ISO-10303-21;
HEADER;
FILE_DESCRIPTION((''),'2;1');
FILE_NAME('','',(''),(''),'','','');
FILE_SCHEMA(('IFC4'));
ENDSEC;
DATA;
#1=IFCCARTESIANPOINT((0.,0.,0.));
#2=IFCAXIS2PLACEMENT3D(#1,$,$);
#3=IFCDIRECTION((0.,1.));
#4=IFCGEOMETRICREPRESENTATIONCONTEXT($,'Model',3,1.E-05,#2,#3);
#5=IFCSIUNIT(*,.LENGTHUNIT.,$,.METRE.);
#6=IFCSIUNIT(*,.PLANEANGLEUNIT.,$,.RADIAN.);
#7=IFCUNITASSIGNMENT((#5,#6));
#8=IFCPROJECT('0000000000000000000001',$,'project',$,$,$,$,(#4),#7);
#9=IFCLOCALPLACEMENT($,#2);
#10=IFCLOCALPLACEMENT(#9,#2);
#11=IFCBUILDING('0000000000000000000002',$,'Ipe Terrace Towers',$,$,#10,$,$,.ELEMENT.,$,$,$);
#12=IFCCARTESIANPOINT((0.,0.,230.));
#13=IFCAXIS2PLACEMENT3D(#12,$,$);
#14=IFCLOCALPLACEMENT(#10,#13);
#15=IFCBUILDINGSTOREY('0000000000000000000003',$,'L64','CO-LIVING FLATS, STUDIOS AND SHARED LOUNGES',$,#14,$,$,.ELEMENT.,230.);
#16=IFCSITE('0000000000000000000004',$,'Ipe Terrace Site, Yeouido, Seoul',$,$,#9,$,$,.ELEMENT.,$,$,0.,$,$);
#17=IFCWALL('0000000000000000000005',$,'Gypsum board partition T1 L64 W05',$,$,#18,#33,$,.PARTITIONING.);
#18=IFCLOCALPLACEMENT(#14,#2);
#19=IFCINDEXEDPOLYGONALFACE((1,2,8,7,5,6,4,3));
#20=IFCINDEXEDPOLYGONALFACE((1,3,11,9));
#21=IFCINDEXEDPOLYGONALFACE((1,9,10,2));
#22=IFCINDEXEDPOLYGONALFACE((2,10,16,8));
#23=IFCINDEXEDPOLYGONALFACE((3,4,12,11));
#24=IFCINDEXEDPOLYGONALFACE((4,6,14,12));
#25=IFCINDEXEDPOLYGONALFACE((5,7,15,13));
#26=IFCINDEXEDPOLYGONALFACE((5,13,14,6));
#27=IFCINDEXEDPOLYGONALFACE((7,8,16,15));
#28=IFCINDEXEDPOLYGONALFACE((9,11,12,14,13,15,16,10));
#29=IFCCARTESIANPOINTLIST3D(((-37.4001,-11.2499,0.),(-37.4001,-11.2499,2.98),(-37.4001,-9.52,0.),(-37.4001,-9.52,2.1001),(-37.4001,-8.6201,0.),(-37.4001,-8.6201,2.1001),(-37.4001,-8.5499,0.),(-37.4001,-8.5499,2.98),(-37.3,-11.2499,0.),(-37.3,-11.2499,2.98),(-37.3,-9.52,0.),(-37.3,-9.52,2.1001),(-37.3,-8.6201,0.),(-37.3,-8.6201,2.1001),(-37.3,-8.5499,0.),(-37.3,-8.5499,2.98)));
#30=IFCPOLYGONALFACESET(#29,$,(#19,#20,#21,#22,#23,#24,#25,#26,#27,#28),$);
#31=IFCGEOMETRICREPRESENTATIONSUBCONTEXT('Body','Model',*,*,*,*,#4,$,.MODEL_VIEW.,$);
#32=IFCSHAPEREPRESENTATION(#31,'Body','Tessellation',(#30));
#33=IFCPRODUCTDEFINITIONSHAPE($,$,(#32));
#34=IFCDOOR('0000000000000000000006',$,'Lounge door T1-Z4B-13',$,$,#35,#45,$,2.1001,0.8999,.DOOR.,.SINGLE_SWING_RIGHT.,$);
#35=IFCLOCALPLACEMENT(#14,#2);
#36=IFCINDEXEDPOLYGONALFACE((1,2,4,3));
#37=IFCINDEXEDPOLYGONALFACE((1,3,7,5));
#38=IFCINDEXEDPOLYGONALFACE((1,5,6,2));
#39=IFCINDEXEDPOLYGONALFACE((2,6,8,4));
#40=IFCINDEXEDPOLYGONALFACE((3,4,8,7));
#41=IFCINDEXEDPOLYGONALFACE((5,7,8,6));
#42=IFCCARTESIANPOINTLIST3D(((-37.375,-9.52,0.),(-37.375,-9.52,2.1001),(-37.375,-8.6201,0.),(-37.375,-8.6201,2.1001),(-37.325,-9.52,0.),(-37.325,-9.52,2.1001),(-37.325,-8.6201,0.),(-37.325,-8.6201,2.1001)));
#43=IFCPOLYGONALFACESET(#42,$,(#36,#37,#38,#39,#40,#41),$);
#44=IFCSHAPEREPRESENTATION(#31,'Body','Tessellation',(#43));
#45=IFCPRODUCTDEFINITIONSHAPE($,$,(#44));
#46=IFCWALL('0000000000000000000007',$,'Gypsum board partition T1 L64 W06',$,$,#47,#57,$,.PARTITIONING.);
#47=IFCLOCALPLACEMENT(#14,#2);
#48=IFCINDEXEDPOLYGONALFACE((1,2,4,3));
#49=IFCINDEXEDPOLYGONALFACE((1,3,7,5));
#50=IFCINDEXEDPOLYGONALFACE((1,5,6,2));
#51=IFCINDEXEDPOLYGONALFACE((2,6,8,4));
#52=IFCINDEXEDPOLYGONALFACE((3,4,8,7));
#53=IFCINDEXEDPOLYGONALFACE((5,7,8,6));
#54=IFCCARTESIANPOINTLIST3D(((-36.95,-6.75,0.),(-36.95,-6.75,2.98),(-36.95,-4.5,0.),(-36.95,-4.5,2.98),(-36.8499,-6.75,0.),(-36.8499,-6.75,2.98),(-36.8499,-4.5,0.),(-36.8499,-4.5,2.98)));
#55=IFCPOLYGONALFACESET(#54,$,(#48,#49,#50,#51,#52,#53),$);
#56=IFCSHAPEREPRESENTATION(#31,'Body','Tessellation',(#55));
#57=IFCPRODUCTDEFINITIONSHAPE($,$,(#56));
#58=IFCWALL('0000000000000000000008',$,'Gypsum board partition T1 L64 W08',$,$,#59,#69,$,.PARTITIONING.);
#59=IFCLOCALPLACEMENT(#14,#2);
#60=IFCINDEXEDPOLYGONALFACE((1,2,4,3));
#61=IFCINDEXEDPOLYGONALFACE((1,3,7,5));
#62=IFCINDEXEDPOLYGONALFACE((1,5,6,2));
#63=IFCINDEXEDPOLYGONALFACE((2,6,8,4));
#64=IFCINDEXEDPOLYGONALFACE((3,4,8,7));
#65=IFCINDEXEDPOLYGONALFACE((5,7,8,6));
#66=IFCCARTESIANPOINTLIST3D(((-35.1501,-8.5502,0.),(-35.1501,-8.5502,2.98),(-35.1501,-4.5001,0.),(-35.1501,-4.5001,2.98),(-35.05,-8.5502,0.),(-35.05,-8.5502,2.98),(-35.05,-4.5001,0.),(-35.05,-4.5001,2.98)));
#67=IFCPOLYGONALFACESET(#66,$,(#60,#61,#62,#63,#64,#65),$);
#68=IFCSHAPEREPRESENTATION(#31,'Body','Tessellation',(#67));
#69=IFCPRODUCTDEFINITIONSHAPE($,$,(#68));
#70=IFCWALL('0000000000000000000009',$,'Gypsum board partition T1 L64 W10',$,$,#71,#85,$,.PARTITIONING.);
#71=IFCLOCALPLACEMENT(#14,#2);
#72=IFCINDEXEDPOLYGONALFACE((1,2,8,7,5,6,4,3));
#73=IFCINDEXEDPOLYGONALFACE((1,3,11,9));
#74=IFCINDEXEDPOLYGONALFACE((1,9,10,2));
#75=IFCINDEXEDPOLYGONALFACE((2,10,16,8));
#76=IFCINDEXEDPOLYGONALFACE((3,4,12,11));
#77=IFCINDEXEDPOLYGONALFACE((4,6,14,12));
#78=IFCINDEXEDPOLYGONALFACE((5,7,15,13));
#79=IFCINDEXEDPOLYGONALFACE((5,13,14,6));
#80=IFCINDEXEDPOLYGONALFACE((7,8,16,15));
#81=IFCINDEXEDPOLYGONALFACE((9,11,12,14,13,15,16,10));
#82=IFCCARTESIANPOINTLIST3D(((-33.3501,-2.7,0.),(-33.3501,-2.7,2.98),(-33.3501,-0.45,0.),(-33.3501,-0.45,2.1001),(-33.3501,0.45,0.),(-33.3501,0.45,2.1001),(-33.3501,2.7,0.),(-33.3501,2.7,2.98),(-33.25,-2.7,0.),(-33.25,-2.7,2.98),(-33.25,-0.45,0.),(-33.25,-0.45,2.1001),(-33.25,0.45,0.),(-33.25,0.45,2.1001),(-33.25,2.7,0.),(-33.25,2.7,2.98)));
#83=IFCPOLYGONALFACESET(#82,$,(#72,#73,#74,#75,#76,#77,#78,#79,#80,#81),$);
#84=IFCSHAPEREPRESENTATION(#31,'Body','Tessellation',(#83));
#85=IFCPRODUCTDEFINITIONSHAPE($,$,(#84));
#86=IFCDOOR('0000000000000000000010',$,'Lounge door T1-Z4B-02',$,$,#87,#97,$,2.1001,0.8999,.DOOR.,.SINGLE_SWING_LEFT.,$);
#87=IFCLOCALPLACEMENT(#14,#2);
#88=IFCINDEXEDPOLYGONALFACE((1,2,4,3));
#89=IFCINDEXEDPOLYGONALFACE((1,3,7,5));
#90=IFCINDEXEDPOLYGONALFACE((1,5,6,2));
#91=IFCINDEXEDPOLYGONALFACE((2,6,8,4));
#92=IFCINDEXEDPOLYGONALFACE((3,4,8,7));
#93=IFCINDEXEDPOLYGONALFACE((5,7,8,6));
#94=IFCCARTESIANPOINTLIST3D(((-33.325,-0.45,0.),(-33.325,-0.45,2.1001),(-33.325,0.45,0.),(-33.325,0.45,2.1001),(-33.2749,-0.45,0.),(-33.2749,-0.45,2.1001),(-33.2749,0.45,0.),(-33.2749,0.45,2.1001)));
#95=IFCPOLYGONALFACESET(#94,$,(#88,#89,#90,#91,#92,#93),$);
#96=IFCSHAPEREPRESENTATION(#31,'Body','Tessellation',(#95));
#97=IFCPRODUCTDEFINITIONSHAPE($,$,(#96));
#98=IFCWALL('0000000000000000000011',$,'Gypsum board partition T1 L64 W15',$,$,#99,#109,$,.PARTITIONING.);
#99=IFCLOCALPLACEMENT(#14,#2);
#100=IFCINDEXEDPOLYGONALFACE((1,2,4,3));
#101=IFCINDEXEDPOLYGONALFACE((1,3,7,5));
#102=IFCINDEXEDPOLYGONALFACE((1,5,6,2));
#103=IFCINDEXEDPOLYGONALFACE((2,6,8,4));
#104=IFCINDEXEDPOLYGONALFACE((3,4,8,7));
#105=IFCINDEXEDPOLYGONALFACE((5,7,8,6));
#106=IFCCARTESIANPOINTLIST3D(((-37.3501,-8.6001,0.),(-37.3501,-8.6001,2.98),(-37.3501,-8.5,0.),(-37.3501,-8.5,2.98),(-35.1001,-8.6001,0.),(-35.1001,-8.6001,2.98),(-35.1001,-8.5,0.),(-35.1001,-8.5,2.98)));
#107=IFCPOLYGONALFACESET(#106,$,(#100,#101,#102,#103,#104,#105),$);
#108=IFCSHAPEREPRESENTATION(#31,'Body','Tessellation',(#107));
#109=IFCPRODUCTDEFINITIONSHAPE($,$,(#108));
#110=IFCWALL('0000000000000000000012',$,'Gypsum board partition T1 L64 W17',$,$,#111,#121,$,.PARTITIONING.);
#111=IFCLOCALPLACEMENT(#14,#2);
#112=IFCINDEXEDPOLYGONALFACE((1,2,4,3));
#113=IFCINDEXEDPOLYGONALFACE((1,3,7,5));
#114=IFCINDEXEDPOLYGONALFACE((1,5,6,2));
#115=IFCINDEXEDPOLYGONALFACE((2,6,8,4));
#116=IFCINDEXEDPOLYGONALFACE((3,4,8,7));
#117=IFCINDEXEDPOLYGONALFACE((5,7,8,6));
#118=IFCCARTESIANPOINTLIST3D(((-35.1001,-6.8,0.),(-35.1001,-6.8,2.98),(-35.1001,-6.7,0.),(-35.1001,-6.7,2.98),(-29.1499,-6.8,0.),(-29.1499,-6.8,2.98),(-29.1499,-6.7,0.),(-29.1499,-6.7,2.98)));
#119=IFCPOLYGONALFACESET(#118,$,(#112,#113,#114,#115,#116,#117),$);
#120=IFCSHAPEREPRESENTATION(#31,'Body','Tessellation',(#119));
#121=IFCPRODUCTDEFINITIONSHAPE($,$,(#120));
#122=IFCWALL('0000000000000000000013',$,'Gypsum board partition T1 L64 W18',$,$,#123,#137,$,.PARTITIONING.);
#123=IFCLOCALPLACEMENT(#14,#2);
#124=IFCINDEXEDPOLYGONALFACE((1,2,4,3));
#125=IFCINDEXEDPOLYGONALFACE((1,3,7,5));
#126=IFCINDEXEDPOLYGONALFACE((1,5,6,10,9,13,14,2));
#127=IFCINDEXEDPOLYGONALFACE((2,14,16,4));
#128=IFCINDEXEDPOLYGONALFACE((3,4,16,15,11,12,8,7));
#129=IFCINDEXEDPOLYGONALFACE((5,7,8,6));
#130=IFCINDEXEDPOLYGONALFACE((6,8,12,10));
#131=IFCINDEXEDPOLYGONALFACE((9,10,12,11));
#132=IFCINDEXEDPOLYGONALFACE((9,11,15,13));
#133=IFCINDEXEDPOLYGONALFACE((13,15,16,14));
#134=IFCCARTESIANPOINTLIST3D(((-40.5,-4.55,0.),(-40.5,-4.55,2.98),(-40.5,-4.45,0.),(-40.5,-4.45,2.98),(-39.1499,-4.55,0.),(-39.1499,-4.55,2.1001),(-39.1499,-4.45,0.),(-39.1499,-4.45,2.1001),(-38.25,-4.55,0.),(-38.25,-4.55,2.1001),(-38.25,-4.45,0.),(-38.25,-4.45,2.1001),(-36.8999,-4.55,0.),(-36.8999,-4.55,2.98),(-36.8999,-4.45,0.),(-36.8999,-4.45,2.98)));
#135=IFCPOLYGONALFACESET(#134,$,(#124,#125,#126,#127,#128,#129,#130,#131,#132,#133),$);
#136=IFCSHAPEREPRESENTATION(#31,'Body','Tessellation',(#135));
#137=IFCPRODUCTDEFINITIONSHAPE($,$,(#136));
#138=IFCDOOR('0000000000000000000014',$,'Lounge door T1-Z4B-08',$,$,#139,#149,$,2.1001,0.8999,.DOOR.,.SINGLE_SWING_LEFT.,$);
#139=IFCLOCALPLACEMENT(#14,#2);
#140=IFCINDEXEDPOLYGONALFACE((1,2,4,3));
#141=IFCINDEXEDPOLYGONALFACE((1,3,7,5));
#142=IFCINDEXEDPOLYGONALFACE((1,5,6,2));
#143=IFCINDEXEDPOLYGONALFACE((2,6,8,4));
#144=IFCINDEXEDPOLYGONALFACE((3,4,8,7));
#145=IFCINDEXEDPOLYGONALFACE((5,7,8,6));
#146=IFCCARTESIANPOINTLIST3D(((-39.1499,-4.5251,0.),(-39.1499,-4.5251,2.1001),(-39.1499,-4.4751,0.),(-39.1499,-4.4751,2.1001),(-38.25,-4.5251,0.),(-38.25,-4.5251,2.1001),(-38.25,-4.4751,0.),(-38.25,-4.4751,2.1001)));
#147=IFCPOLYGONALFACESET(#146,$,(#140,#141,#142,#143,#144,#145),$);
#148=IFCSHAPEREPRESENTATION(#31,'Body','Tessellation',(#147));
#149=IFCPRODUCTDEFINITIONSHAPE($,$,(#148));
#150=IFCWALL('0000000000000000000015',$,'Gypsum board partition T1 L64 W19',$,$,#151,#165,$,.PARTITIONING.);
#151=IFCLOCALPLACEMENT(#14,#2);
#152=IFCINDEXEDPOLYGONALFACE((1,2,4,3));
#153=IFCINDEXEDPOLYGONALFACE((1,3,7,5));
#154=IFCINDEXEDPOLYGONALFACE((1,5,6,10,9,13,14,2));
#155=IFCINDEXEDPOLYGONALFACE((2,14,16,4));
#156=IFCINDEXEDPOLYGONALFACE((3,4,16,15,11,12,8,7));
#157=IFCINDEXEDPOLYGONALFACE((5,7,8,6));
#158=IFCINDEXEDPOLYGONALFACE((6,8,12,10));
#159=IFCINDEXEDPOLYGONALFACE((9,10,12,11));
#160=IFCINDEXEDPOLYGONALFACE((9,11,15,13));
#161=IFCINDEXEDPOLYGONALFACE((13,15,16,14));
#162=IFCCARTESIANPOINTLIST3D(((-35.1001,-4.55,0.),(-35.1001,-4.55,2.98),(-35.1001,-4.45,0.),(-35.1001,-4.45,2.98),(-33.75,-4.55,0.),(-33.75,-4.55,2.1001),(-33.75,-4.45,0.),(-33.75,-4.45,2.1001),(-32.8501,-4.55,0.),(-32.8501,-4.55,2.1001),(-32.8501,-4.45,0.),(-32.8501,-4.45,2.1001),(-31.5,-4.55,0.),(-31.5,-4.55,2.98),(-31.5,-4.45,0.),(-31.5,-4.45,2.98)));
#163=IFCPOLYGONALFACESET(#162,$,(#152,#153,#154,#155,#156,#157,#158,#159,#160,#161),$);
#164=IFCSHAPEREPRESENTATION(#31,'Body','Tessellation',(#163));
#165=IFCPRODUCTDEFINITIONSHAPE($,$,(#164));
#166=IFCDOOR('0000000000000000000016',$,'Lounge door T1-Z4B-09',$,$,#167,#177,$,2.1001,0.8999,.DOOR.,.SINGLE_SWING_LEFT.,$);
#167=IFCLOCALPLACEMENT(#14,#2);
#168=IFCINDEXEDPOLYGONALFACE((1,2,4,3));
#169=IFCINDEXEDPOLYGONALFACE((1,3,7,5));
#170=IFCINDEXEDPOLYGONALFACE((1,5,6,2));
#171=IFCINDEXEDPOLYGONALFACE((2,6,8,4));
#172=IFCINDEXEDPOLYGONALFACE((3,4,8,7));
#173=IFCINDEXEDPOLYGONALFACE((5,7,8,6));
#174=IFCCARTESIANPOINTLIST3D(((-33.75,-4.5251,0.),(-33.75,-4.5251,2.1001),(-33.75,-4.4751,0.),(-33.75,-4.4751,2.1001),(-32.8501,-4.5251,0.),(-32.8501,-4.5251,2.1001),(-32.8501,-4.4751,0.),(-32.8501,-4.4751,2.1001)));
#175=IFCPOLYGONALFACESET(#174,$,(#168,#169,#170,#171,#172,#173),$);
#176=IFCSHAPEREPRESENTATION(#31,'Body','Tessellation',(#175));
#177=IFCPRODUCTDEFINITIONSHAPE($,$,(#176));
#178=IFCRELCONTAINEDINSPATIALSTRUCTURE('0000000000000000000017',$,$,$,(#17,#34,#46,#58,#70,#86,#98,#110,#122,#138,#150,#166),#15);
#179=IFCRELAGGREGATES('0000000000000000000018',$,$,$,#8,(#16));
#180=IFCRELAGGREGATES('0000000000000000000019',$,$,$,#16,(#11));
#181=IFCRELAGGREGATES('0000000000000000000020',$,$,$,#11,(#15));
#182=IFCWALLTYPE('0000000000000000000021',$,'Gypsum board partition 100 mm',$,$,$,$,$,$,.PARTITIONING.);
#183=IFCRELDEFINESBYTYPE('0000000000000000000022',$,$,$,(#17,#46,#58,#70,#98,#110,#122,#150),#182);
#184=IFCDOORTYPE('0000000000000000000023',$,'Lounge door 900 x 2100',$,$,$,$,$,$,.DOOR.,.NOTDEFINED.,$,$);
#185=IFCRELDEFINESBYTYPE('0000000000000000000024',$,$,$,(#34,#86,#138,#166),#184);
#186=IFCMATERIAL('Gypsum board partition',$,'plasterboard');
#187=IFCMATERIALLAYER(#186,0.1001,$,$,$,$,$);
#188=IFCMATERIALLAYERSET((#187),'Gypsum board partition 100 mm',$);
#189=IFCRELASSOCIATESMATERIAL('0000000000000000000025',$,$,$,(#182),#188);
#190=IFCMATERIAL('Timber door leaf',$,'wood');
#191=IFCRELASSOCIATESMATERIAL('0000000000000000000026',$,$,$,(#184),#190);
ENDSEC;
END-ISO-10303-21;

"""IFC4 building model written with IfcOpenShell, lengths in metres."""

from ifc_helpers import new_model, si_unit, direction, frame, frame_2d, origin, place, context, subcontext, project, spatial, rectangle, extrude, material, layer, layer_set, type_object, element, fill, save


model = new_model("IFC4")

# Units and contexts
model_context = context("Model", 3, precision=1e-05, world=origin(), true_north=direction((0.0, 1.0)))
body_context = subcontext(model_context, "Body", "Model", "MODEL_VIEW")
ifc_project = project(units=[si_unit("LENGTHUNIT", "METRE"), si_unit("PLANEANGLEUNIT", "RADIAN")], contexts=[model_context])

# Site, building, storey
site_placement = place(None, origin())
site = spatial("IfcSite", under=ifc_project, at=site_placement, Name="Ipe Terrace Site, Yeouido, Seoul", CompositionType="ELEMENT", RefElevation=0.0)
building_placement = place(site_placement, origin())
building = spatial("IfcBuilding", under=site, at=building_placement, Name="Ipe Terrace Towers", CompositionType="ELEMENT")
storey_placement = place(building_placement, frame((0.0, 0.0, 230.0)))
storey = spatial("IfcBuildingStorey", under=building, at=storey_placement, Name="L64", Description="CO-LIVING FLATS, STUDIOS AND SHARED LOUNGES", CompositionType="ELEMENT", Elevation=230.0)

# Shared definitions
ifc_material_1 = material(Name="Gypsum board partition", Category="plasterboard")
ifc_layer_1 = layer(ifc_material_1, 0.1001)
ifc_layer_set_1 = layer_set([ifc_layer_1], Name="Gypsum board partition 100 mm")
wall_type_1 = type_object("IfcWallType", Name="Gypsum board partition 100 mm", PredefinedType="PARTITIONING", material=ifc_layer_set_1)

# Shared definitions
ifc_material_2 = material(Name="Timber door leaf", Category="wood")
door_type = type_object("IfcDoorType", Name="Lounge door 900 x 2100", OperationType="NOTDEFINED", PredefinedType="DOOR", material=ifc_material_2)

# Wall, opening, door
wall_1_placement = place(storey_placement, frame((-37.3501, -11.25, 0.0), z_axis=(0.0, 0.0, 1.0), x_axis=(0.0, 1.0, 0.0)))
wall_1 = element("IfcWall", 1, at=wall_1_placement, inside=storey, type_object=wall_type_1, Name="Gypsum board partition T1 L64 W05", PredefinedType="PARTITIONING", context=body_context, shape_type="SweptSolid", body=[
    extrude(rectangle(XDim=2.7, YDim=0.1001, at=frame_2d((1.3501, 0.0))), origin(), (0.0, 0.0, 1.0), 2.98),
])
opening_1_placement = place(wall_1_placement, frame((1.73, 0.0, 0.0)))
opening_1 = element("IfcOpeningElement", 2, at=opening_1_placement, cuts=wall_1, PredefinedType="OPENING", context=body_context, shape_type="SweptSolid", body=[
    extrude(rectangle(XDim=0.8999, YDim=2.1001, at=frame_2d((0.45, 1.05))), frame((0.0, 0.0601, 0.0), z_axis=(0.0, -1.0, 0.0), x_axis=(1.0, 0.0, 0.0)), (0.0, 0.0, 1.0), 0.1201),
])
door_1_placement = place(opening_1_placement, origin())
door_1 = element("IfcDoor", 3, at=door_1_placement, inside=storey, type_object=door_type, Name="Lounge door T1-Z4B-13", OperationType="SINGLE_SWING_RIGHT", OverallHeight=2.1001, OverallWidth=0.8999, PredefinedType="DOOR", context=body_context, shape_type="SweptSolid", body=[
    extrude(rectangle(XDim=0.8999, YDim=2.1001, at=frame_2d((0.45, 1.05))), frame((0.0, 0.0249, 0.0), z_axis=(0.0, -1.0, 0.0), x_axis=(1.0, 0.0, 0.0)), (0.0, 0.0, 1.0), 0.05),
])
fill(opening_1, door_1)

# Walls
wall_2_placement = place(storey_placement, frame((-36.8999, -6.75, 0.0), z_axis=(0.0, 0.0, 1.0), x_axis=(0.0, 1.0, 0.0)))
element("IfcWall", 4, at=wall_2_placement, inside=storey, type_object=wall_type_1, Name="Gypsum board partition T1 L64 W06", PredefinedType="PARTITIONING", context=body_context, shape_type="SweptSolid", body=[
    extrude(rectangle(XDim=2.25, YDim=0.1001, at=frame_2d((1.125, 0.0))), origin(), (0.0, 0.0, 1.0), 2.98),
])
wall_3_placement = place(storey_placement, frame((-35.1001, -8.55, 0.0), z_axis=(0.0, 0.0, 1.0), x_axis=(0.0, 1.0, 0.0)))
element("IfcWall", 5, at=wall_3_placement, inside=storey, type_object=wall_type_1, Name="Gypsum board partition T1 L64 W08", PredefinedType="PARTITIONING", context=body_context, shape_type="SweptSolid", body=[
    extrude(rectangle(XDim=4.05, YDim=0.1001, at=frame_2d((2.0249, 0.0))), origin(), (0.0, 0.0, 1.0), 2.98),
])

# Wall, opening, door
wall_4_placement = place(storey_placement, frame((-33.3, -2.7, 0.0), z_axis=(0.0, 0.0, 1.0), x_axis=(0.0, 1.0, 0.0)))
wall_4 = element("IfcWall", 6, at=wall_4_placement, inside=storey, type_object=wall_type_1, Name="Gypsum board partition T1 L64 W10", PredefinedType="PARTITIONING", context=body_context, shape_type="SweptSolid", body=[
    extrude(rectangle(XDim=5.3999, YDim=0.1001, at=frame_2d((2.7, 0.0))), origin(), (0.0, 0.0, 1.0), 2.98),
])
opening_2_placement = place(wall_4_placement, frame((2.25, 0.0, 0.0)))
opening_2 = element("IfcOpeningElement", 7, at=opening_2_placement, cuts=wall_4, PredefinedType="OPENING", context=body_context, shape_type="SweptSolid", body=[
    extrude(rectangle(XDim=0.8999, YDim=2.1001, at=frame_2d((0.45, 1.05))), frame((0.0, 0.0601, 0.0), z_axis=(0.0, -1.0, 0.0), x_axis=(1.0, 0.0, 0.0)), (0.0, 0.0, 1.0), 0.1201),
])
door_2_placement = place(opening_2_placement, origin())
door_2 = element("IfcDoor", 8, at=door_2_placement, inside=storey, type_object=door_type, Name="Lounge door T1-Z4B-02", OperationType="SINGLE_SWING_LEFT", OverallHeight=2.1001, OverallWidth=0.8999, PredefinedType="DOOR", context=body_context, shape_type="SweptSolid", body=[
    extrude(rectangle(XDim=0.8999, YDim=2.1001, at=frame_2d((0.45, 1.05))), frame((0.0, 0.0249, 0.0), z_axis=(0.0, -1.0, 0.0), x_axis=(1.0, 0.0, 0.0)), (0.0, 0.0, 1.0), 0.05),
])
fill(opening_2, door_2)

# Walls
wall_5_placement = place(storey_placement, frame((-37.3501, -8.55, 0.0), z_axis=(0.0, 0.0, 1.0), x_axis=(1.0, 0.0, 0.0)))
element("IfcWall", 9, at=wall_5_placement, inside=storey, type_object=wall_type_1, Name="Gypsum board partition T1 L64 W15", PredefinedType="PARTITIONING", context=body_context, shape_type="SweptSolid", body=[
    extrude(rectangle(XDim=2.25, YDim=0.1001, at=frame_2d((1.125, 0.0))), origin(), (0.0, 0.0, 1.0), 2.98),
])
wall_6_placement = place(storey_placement, frame((-35.1001, -6.75, 0.0), z_axis=(0.0, 0.0, 1.0), x_axis=(1.0, 0.0, 0.0)))
element("IfcWall", 10, at=wall_6_placement, inside=storey, type_object=wall_type_1, Name="Gypsum board partition T1 L64 W17", PredefinedType="PARTITIONING", context=body_context, shape_type="SweptSolid", body=[
    extrude(rectangle(XDim=5.9502, YDim=0.1001, at=frame_2d((2.9751, 0.0))), origin(), (0.0, 0.0, 1.0), 2.98),
])

# Walls, openings, doors
wall_7_placement = place(storey_placement, frame((-40.5, -4.5, 0.0), z_axis=(0.0, 0.0, 1.0), x_axis=(1.0, 0.0, 0.0)))
wall_7 = element("IfcWall", 11, at=wall_7_placement, inside=storey, type_object=wall_type_1, Name="Gypsum board partition T1 L64 W18", PredefinedType="PARTITIONING", context=body_context, shape_type="SweptSolid", body=[
    extrude(rectangle(XDim=3.6001, YDim=0.1001, at=frame_2d((1.8, 0.0))), origin(), (0.0, 0.0, 1.0), 2.98),
])
opening_3_placement = place(wall_7_placement, frame((1.3501, 0.0, 0.0)))
opening_3 = element("IfcOpeningElement", 12, at=opening_3_placement, cuts=wall_7, PredefinedType="OPENING", context=body_context, shape_type="SweptSolid", body=[
    extrude(rectangle(XDim=0.8999, YDim=2.1001, at=frame_2d((0.45, 1.05))), frame((0.0, 0.0601, 0.0), z_axis=(0.0, -1.0, 0.0), x_axis=(1.0, 0.0, 0.0)), (0.0, 0.0, 1.0), 0.1201),
])
door_3_placement = place(opening_3_placement, origin())
door_3 = element("IfcDoor", 13, at=door_3_placement, inside=storey, type_object=door_type, Name="Lounge door T1-Z4B-08", OperationType="SINGLE_SWING_LEFT", OverallHeight=2.1001, OverallWidth=0.8999, PredefinedType="DOOR", context=body_context, shape_type="SweptSolid", body=[
    extrude(rectangle(XDim=0.8999, YDim=2.1001, at=frame_2d((0.45, 1.05))), frame((0.0, 0.0249, 0.0), z_axis=(0.0, -1.0, 0.0), x_axis=(1.0, 0.0, 0.0)), (0.0, 0.0, 1.0), 0.05),
])
fill(opening_3, door_3)
wall_8_placement = place(storey_placement, frame((-35.1001, -4.5, 0.0), z_axis=(0.0, 0.0, 1.0), x_axis=(1.0, 0.0, 0.0)))
wall_8 = element("IfcWall", 14, at=wall_8_placement, inside=storey, type_object=wall_type_1, Name="Gypsum board partition T1 L64 W19", PredefinedType="PARTITIONING", context=body_context, shape_type="SweptSolid", body=[
    extrude(rectangle(XDim=3.6001, YDim=0.1001, at=frame_2d((1.8, 0.0))), origin(), (0.0, 0.0, 1.0), 2.98),
])
opening_4_placement = place(wall_8_placement, frame((1.3501, 0.0, 0.0)))
opening_4 = element("IfcOpeningElement", 15, at=opening_4_placement, cuts=wall_8, PredefinedType="OPENING", context=body_context, shape_type="SweptSolid", body=[
    extrude(rectangle(XDim=0.8999, YDim=2.1001, at=frame_2d((0.45, 1.05))), frame((0.0, 0.0601, 0.0), z_axis=(0.0, -1.0, 0.0), x_axis=(1.0, 0.0, 0.0)), (0.0, 0.0, 1.0), 0.1201),
])
door_4_placement = place(opening_4_placement, origin())
door_4 = element("IfcDoor", 16, at=door_4_placement, inside=storey, type_object=door_type, Name="Lounge door T1-Z4B-09", OperationType="SINGLE_SWING_LEFT", OverallHeight=2.1001, OverallWidth=0.8999, PredefinedType="DOOR", context=body_context, shape_type="SweptSolid", body=[
    extrude(rectangle(XDim=0.8999, YDim=2.1001, at=frame_2d((0.45, 1.05))), frame((0.0, 0.0249, 0.0), z_axis=(0.0, -1.0, 0.0), x_axis=(1.0, 0.0, 0.0)), (0.0, 0.0, 1.0), 0.05),
])
fill(opening_4, door_4)

save(model, "model.ifc")
